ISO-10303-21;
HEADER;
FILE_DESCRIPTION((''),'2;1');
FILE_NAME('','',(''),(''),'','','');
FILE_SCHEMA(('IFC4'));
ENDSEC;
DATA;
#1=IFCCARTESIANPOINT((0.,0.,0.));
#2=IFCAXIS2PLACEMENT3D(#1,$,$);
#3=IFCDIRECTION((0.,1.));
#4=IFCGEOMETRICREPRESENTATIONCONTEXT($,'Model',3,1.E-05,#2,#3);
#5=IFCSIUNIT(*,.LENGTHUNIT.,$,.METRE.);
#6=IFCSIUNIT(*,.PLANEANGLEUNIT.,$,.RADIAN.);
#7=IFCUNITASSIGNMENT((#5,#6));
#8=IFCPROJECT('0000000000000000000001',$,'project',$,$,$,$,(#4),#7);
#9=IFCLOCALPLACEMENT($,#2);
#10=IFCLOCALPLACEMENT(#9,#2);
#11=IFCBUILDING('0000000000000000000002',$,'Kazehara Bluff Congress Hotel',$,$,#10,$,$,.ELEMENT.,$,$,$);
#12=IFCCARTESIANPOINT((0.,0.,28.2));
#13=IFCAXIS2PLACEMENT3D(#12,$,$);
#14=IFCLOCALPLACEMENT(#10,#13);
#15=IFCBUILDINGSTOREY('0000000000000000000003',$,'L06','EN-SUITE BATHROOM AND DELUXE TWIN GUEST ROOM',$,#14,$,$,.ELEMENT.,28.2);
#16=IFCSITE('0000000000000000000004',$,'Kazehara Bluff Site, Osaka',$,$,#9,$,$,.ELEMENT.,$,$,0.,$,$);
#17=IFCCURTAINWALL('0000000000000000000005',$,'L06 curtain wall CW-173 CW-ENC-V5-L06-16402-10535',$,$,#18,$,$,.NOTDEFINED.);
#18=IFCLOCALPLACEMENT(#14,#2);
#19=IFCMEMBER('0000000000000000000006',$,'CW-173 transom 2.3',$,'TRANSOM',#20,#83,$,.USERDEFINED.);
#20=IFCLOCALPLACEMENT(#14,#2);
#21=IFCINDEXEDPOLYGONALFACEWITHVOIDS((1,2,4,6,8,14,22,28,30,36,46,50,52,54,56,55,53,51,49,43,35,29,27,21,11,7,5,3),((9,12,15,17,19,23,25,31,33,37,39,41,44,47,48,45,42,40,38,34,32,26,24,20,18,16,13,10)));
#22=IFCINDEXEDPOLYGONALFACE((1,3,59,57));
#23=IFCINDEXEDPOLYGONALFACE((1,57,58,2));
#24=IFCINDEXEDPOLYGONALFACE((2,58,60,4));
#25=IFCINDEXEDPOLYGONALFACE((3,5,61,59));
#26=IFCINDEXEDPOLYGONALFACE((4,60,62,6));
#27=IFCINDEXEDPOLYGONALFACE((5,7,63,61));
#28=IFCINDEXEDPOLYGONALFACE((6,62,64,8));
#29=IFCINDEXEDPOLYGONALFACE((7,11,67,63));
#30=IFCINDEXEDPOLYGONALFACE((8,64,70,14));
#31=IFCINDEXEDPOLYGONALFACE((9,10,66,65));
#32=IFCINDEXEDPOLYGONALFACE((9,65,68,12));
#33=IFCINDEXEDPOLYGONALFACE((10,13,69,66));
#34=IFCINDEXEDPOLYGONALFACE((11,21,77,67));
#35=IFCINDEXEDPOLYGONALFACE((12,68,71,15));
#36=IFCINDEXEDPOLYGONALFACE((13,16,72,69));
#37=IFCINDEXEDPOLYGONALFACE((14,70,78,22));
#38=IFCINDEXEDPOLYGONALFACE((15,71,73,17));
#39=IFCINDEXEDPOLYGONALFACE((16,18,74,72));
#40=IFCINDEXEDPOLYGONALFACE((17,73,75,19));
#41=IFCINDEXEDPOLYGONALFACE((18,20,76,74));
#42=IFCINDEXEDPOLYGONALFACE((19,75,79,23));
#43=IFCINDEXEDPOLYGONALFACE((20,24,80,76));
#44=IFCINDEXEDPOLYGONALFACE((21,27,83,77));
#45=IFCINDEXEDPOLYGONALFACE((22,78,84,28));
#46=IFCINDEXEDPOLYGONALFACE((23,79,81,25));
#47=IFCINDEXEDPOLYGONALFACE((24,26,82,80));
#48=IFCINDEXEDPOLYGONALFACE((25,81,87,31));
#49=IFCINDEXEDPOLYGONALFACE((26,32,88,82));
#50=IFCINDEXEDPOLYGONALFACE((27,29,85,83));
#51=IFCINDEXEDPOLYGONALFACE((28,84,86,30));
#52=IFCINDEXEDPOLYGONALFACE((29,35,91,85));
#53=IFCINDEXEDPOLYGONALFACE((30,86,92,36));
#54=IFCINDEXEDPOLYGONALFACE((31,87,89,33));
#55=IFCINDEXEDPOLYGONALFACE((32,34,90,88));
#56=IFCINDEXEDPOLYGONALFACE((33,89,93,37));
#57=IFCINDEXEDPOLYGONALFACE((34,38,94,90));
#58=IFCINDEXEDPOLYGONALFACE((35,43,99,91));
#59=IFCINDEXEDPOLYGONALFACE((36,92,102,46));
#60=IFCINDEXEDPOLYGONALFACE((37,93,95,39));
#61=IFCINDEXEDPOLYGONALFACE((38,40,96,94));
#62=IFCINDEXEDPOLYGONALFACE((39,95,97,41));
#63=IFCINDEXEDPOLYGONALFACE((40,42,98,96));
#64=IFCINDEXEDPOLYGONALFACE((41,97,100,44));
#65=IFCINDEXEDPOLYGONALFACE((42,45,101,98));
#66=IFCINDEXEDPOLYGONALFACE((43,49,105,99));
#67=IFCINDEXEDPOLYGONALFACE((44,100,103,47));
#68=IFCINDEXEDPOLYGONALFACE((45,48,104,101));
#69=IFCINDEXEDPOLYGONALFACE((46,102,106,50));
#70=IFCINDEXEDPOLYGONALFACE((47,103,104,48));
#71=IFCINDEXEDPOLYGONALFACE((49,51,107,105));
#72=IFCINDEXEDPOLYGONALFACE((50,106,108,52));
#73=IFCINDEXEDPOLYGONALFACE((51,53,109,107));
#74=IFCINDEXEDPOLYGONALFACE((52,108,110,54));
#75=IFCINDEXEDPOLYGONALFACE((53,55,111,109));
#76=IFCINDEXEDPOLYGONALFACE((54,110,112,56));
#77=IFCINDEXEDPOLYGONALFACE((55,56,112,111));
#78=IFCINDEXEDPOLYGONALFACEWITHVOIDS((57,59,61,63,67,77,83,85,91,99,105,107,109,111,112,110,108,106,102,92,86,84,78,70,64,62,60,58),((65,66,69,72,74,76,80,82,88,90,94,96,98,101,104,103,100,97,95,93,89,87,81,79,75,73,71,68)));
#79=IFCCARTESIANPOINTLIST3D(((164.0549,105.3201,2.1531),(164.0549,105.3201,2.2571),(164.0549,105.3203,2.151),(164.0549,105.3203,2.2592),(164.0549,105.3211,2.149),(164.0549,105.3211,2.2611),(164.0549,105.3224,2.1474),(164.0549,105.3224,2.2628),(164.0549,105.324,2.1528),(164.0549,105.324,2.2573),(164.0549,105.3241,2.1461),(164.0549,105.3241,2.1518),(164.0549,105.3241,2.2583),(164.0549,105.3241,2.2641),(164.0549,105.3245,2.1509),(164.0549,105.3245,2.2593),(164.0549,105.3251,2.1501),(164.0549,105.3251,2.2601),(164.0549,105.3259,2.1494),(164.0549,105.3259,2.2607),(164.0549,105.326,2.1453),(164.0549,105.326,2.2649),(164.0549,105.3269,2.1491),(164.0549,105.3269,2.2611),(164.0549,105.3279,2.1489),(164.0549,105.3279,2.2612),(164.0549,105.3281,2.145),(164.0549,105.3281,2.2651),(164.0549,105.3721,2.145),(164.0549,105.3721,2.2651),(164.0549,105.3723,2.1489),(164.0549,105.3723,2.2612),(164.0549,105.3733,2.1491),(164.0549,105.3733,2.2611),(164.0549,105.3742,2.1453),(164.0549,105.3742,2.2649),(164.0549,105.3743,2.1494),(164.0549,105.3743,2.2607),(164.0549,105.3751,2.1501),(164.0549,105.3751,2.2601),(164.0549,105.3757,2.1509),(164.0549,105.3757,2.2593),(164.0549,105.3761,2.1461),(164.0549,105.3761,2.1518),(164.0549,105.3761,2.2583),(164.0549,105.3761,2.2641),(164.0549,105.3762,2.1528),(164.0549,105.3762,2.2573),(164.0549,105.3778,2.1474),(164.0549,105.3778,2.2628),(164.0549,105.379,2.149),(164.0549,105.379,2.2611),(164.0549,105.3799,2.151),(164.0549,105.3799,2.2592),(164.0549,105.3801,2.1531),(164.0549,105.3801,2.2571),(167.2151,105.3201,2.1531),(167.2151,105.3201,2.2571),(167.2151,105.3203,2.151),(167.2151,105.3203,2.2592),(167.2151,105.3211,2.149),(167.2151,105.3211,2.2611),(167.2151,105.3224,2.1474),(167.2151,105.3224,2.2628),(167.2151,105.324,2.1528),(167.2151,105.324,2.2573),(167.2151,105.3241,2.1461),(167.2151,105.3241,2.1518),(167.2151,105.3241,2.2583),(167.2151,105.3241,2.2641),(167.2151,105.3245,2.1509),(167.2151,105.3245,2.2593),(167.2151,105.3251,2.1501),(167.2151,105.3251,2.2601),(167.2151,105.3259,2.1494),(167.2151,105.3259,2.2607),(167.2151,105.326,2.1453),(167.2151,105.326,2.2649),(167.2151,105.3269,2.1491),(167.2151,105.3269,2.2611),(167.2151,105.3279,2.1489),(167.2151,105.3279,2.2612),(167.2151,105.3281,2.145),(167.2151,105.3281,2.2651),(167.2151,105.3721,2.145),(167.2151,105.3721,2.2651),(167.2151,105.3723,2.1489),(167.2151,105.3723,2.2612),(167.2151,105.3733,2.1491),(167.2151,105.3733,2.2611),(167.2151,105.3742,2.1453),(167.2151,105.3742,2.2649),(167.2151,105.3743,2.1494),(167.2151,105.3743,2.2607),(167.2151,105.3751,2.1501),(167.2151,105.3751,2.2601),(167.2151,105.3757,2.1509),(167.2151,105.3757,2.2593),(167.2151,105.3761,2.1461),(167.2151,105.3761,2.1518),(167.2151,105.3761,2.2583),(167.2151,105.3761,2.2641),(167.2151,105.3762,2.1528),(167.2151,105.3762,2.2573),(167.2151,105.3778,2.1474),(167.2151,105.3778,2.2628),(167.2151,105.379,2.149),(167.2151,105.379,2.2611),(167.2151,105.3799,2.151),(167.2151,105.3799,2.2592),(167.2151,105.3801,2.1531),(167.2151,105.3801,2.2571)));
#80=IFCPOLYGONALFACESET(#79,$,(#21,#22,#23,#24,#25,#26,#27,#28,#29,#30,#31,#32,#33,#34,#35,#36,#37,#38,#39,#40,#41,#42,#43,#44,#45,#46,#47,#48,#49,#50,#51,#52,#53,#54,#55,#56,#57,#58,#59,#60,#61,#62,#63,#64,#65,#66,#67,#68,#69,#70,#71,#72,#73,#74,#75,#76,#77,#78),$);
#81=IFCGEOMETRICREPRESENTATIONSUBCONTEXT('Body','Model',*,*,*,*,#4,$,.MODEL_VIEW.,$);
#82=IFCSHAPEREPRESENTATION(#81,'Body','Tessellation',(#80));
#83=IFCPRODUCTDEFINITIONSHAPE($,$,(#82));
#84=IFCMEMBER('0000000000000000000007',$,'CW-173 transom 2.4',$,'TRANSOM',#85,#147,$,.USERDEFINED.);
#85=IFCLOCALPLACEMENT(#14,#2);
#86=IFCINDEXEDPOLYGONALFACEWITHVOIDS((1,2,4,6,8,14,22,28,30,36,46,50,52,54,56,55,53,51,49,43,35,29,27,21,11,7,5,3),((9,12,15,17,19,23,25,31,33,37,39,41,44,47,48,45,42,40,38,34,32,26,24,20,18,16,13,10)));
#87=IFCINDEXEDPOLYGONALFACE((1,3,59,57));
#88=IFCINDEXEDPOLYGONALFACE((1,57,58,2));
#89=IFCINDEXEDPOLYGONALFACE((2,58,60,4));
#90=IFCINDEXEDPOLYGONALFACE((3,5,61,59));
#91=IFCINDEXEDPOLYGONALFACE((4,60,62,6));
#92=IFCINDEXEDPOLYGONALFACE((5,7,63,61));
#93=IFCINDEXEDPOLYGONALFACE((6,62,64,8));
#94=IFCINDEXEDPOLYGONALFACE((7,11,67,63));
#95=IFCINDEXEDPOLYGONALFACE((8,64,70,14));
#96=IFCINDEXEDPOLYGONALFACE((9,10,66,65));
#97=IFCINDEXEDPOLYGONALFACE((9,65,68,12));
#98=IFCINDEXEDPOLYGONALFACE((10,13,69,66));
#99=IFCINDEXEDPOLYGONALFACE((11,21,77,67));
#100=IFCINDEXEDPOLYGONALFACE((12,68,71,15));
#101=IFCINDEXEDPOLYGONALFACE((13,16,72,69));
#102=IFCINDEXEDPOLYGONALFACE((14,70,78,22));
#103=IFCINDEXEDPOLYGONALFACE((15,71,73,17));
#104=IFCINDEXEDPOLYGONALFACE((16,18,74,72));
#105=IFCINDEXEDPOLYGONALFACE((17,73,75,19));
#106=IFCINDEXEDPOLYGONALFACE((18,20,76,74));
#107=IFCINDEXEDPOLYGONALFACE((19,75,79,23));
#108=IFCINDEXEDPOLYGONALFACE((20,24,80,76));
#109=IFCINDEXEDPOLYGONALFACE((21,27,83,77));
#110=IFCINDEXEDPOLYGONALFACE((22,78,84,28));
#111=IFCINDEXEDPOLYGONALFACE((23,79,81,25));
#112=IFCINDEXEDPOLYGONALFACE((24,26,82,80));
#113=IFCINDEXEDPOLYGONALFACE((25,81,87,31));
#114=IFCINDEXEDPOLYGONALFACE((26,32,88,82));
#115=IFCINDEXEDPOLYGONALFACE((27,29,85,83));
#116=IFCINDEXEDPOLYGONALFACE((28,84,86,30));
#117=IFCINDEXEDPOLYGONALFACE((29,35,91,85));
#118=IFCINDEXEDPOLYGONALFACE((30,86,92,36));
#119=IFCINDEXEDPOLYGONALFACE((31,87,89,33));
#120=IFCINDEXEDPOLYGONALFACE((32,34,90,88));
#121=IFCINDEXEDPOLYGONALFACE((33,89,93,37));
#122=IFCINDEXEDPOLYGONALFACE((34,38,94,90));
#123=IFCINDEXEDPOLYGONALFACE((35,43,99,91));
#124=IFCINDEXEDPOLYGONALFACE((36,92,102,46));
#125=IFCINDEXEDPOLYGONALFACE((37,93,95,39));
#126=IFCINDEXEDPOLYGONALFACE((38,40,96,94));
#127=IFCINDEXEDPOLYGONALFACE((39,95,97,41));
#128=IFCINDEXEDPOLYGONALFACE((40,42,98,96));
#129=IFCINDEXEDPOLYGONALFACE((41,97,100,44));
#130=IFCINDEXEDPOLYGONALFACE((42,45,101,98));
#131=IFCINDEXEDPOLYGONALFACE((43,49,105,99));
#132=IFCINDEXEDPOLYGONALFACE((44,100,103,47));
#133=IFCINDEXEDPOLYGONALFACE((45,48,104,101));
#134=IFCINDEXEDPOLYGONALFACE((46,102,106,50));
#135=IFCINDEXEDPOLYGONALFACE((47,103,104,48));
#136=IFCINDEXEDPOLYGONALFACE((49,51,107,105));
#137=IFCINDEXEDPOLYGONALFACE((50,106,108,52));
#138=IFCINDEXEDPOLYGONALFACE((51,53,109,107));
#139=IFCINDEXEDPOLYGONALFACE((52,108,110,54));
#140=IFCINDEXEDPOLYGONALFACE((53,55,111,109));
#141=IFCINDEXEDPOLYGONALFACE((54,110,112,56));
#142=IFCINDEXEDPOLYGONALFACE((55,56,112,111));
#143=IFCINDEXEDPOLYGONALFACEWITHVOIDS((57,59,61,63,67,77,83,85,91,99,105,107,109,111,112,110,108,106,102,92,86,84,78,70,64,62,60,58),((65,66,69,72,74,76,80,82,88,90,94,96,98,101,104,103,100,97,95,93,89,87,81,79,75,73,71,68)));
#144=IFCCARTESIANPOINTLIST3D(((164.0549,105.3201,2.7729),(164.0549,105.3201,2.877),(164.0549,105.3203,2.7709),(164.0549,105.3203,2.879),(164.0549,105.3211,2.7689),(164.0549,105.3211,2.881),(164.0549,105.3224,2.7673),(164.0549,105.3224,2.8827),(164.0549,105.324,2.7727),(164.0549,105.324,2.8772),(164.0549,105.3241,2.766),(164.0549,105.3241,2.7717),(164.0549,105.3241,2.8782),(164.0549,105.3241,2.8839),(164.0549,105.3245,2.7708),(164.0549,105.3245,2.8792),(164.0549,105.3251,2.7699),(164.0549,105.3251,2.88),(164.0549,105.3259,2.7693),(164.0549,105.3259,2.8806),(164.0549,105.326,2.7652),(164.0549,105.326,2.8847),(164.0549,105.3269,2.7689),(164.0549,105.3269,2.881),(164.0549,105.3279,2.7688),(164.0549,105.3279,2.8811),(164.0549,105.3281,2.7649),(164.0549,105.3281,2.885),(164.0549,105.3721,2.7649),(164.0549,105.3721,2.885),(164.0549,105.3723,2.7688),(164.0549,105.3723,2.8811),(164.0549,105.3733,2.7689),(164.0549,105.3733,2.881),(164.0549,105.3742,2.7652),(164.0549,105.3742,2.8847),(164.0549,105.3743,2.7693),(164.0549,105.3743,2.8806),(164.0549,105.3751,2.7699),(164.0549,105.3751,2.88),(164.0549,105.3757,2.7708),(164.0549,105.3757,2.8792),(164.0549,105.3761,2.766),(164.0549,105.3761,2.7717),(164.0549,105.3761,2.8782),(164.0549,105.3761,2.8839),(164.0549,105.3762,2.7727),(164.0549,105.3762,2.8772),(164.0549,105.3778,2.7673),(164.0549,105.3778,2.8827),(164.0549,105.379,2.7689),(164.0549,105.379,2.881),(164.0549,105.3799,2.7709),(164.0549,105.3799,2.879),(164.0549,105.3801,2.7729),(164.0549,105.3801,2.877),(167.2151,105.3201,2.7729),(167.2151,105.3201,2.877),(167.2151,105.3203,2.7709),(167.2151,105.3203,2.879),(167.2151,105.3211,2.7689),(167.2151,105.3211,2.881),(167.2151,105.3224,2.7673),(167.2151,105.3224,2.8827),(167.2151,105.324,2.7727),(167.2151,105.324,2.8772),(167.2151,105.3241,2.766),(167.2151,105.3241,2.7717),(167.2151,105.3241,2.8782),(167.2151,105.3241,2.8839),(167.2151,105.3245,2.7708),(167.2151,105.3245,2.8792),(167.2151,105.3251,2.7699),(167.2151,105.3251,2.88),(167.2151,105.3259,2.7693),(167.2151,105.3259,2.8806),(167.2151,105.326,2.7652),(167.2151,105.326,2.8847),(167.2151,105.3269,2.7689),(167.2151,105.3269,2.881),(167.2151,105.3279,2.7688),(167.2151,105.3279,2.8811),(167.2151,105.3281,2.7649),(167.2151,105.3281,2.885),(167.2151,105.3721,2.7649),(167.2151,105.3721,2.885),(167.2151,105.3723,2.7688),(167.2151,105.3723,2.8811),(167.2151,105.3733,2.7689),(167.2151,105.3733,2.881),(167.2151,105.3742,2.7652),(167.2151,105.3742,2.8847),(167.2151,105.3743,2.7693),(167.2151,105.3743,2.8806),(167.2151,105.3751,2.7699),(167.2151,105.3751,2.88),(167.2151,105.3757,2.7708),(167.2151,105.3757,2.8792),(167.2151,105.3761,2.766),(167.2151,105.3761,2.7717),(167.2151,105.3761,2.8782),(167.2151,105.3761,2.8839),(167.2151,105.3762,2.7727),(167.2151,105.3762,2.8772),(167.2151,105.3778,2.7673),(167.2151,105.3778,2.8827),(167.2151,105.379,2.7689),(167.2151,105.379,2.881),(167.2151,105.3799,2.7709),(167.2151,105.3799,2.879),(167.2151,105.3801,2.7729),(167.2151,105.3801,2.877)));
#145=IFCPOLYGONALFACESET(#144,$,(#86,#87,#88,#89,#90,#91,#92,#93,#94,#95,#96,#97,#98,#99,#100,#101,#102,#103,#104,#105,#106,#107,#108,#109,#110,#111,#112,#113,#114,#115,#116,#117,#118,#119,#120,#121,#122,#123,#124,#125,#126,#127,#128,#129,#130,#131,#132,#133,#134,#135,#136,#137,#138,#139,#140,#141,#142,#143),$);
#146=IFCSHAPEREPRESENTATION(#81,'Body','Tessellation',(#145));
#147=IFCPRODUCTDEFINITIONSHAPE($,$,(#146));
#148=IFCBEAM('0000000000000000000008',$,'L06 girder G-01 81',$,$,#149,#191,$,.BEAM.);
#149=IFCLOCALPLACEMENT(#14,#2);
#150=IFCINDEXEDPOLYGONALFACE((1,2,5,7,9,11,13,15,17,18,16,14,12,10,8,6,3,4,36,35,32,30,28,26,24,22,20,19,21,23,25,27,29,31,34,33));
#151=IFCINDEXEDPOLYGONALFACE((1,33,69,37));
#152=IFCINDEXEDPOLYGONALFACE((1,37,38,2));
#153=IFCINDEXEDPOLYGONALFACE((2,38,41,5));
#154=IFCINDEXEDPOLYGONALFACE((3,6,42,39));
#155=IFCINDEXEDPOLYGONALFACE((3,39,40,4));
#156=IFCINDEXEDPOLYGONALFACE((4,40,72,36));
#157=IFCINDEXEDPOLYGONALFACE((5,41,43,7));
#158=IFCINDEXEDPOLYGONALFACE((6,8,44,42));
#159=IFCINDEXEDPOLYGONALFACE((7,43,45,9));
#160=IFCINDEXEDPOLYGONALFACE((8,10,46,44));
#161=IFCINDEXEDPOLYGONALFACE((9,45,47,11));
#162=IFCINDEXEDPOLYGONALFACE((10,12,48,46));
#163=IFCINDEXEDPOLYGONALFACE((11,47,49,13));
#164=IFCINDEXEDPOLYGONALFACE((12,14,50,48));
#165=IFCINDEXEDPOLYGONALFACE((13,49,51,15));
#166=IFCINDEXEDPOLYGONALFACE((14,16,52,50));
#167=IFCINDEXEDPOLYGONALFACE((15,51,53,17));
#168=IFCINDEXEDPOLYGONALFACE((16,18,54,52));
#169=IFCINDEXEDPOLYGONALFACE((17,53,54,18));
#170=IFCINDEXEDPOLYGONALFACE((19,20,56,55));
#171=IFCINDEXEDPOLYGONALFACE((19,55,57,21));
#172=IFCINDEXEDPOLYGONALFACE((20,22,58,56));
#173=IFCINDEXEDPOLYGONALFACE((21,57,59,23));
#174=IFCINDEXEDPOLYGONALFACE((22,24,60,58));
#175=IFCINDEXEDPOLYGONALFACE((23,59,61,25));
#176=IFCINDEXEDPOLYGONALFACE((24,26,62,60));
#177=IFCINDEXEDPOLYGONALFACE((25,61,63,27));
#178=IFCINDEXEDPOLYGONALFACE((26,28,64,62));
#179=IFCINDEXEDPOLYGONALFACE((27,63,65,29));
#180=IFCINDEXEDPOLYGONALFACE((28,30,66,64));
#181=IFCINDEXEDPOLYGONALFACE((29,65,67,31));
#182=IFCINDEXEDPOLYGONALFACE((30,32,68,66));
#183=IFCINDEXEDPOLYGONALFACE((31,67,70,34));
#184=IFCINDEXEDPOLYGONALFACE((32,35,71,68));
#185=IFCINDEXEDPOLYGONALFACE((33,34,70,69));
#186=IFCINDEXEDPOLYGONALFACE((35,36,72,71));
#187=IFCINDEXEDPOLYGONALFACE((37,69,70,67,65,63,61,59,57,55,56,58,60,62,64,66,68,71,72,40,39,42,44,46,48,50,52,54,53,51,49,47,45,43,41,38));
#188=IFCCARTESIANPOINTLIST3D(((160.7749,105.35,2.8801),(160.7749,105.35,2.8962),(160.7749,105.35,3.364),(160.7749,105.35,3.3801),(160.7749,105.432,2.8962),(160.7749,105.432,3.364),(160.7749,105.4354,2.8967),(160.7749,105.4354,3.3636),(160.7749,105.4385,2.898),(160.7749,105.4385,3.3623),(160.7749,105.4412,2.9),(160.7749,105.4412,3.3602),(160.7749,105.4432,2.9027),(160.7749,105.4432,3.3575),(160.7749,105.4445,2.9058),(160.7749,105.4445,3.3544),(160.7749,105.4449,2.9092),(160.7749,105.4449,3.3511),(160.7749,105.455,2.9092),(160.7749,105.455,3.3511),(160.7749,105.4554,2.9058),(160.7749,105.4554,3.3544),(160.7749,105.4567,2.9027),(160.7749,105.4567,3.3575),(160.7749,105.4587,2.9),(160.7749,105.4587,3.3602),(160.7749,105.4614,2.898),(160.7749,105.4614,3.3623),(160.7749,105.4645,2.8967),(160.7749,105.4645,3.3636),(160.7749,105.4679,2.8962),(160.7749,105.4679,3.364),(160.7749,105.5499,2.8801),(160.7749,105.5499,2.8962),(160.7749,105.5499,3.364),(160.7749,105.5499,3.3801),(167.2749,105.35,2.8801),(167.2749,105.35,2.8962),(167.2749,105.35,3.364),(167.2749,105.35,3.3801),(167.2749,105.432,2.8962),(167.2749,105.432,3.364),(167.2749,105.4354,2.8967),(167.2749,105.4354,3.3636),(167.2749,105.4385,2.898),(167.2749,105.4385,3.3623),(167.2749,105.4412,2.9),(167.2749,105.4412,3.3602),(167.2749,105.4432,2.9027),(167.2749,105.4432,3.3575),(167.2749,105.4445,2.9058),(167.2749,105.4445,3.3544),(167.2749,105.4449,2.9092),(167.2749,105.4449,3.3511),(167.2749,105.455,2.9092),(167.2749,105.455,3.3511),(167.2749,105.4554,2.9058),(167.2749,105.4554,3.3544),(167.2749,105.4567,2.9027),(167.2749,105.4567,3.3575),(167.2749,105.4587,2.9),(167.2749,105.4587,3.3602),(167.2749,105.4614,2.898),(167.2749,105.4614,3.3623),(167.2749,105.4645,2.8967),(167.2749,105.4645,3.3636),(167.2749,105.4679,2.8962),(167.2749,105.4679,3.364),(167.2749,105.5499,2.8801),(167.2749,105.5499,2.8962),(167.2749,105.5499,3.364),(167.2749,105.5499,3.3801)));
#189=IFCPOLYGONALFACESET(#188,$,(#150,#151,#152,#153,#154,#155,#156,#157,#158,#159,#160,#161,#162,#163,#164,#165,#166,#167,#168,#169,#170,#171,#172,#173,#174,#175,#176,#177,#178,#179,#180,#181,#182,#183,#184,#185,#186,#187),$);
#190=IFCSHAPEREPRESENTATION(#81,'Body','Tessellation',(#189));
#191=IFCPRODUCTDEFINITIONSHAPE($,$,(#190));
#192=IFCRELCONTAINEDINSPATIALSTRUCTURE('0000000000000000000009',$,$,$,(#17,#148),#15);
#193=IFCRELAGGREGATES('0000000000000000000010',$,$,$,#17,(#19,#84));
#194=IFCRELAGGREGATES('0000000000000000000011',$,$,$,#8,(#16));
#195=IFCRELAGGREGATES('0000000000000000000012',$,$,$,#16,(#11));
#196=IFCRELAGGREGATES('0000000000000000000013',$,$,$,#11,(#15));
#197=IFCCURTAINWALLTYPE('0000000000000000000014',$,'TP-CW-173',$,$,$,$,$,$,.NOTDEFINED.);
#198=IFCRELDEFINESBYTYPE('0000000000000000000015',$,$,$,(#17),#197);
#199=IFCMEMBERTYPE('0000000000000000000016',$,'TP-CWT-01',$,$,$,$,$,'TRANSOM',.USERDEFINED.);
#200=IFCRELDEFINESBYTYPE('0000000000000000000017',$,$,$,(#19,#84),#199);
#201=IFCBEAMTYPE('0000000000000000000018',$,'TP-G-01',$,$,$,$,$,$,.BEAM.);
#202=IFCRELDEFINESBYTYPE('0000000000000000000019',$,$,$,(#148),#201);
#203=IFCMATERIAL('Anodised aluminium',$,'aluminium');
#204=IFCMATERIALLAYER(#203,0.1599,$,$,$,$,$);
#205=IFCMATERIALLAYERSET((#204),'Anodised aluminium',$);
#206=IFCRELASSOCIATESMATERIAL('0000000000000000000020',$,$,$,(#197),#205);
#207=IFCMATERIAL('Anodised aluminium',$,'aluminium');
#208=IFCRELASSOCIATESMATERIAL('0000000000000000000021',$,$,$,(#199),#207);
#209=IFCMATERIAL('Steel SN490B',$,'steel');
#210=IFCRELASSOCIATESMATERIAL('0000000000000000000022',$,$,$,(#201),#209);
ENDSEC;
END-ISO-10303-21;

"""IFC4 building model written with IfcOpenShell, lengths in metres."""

from ifc_helpers import new_model, si_unit, direction, frame, origin, origin_2d, place, context, subcontext, project, spatial, hollow_rectangle, i_section, extrude, material, layer, layer_set, material_profile, profile_set, type_object, element, aggregate, save


model = new_model("IFC4")

# Units and contexts
model_context = context("Model", 3, precision=1e-05, world=origin(), true_north=direction((0.0, 1.0)))
body_context = subcontext(model_context, "Body", "Model", "MODEL_VIEW")
ifc_project = project(units=[si_unit("LENGTHUNIT", "METRE"), si_unit("PLANEANGLEUNIT", "RADIAN")], contexts=[model_context])

# Site, building, storey
site_placement = place(None, origin())
site = spatial("IfcSite", under=ifc_project, at=site_placement, Name="Kazehara Bluff Site, Osaka", CompositionType="ELEMENT", RefElevation=0.0)
building_placement = place(site_placement, origin())
building = spatial("IfcBuilding", under=site, at=building_placement, Name="Kazehara Bluff Congress Hotel", CompositionType="ELEMENT")
storey_placement = place(building_placement, frame((0.0, 0.0, 28.2)))
storey = spatial("IfcBuildingStorey", under=building, at=storey_placement, Name="L06", Description="EN-SUITE BATHROOM AND DELUXE TWIN GUEST ROOM", CompositionType="ELEMENT", Elevation=28.2)

# Curtain wall, members
ifc_material_1 = material(Name="Anodised aluminium", Category="aluminium")
ifc_layer_1 = layer(ifc_material_1, 0.1599)
ifc_layer_set_1 = layer_set([ifc_layer_1], Name="Anodised aluminium")
curtain_wall_type = type_object("IfcCurtainWallType", Name="TP-CW-173", PredefinedType="NOTDEFINED", material=ifc_layer_set_1)
curtain_wall_placement = place(storey_placement, origin())
curtain_wall = element("IfcCurtainWall", 1, at=curtain_wall_placement, inside=storey, type_object=curtain_wall_type, Name="L06 curtain wall CW-173 CW-ENC-V5-L06-16402-10535", PredefinedType="NOTDEFINED")
ifc_material_2 = material(Name="Anodised aluminium", Category="aluminium")
ifc_material_profile_1 = material_profile(ifc_material_2, hollow_rectangle(XDim=0.0601, YDim=0.1201, WallThickness=0.0039, InnerFilletRadius=0.0039, OuterFilletRadius=0.0081, at=origin_2d()))
ifc_profile_set_1 = profile_set([ifc_material_profile_1], Name="Anodised aluminium")
member_type_1 = type_object("IfcMemberType", Name="TP-CWT-01", ElementType="TRANSOM", PredefinedType="USERDEFINED", material=ifc_profile_set_1)
member_1_placement = place(storey_placement, frame((164.0549, 105.3501, 2.2051), z_axis=(1.0, 0.0, 0.0), x_axis=(0.0, 1.0, 0.0)))
member_1 = element("IfcMember", 2, at=member_1_placement, type_object=member_type_1, Name="CW-173 transom 2.3", ObjectType="TRANSOM", PredefinedType="USERDEFINED", context=body_context, shape_type="SweptSolid", body=[
    extrude(hollow_rectangle(XDim=0.0601, YDim=0.1201, WallThickness=0.0039, InnerFilletRadius=0.0039, OuterFilletRadius=0.0081, at=origin_2d()), origin(), (0.0, 0.0, 1.0), 3.1602),
])
member_2_placement = place(storey_placement, frame((164.0549, 105.3501, 2.825), z_axis=(1.0, 0.0, 0.0), x_axis=(0.0, 1.0, 0.0)))
member_2 = element("IfcMember", 3, at=member_2_placement, type_object=member_type_1, Name="CW-173 transom 2.4", ObjectType="TRANSOM", PredefinedType="USERDEFINED", context=body_context, shape_type="SweptSolid", body=[
    extrude(hollow_rectangle(XDim=0.0601, YDim=0.1201, WallThickness=0.0039, InnerFilletRadius=0.0039, OuterFilletRadius=0.0081, at=origin_2d()), origin(), (0.0, 0.0, 1.0), 3.1602),
])

# Beam
ifc_material_3 = material(Name="Steel SN490B", Category="steel")
ifc_material_profile_2 = material_profile(ifc_material_3, i_section(OverallWidth=0.2, OverallDepth=0.5, WebThickness=0.01, FlangeThickness=0.0161, FilletRadius=0.0129, at=origin_2d()))
ifc_profile_set_2 = profile_set([ifc_material_profile_2], Name="Steel SN490B")
beam_type = type_object("IfcBeamType", Name="TP-G-01", PredefinedType="BEAM", material=ifc_profile_set_2)
beam_placement = place(storey_placement, frame((160.7749, 105.45, 3.1301), z_axis=(1.0, 0.0, 0.0), x_axis=(0.0, 1.0, 0.0)))
element("IfcBeam", 4, at=beam_placement, inside=storey, type_object=beam_type, Name="L06 girder G-01 81", PredefinedType="BEAM", context=body_context, shape_type="SweptSolid", body=[
    extrude(i_section(OverallWidth=0.2, OverallDepth=0.5, WebThickness=0.01, FlangeThickness=0.0161, FilletRadius=0.0129, at=origin_2d()), origin(), (0.0, 0.0, 1.0), 6.5),
])

aggregate(curtain_wall, [member_1, member_2])

save(model, "model.ifc")
